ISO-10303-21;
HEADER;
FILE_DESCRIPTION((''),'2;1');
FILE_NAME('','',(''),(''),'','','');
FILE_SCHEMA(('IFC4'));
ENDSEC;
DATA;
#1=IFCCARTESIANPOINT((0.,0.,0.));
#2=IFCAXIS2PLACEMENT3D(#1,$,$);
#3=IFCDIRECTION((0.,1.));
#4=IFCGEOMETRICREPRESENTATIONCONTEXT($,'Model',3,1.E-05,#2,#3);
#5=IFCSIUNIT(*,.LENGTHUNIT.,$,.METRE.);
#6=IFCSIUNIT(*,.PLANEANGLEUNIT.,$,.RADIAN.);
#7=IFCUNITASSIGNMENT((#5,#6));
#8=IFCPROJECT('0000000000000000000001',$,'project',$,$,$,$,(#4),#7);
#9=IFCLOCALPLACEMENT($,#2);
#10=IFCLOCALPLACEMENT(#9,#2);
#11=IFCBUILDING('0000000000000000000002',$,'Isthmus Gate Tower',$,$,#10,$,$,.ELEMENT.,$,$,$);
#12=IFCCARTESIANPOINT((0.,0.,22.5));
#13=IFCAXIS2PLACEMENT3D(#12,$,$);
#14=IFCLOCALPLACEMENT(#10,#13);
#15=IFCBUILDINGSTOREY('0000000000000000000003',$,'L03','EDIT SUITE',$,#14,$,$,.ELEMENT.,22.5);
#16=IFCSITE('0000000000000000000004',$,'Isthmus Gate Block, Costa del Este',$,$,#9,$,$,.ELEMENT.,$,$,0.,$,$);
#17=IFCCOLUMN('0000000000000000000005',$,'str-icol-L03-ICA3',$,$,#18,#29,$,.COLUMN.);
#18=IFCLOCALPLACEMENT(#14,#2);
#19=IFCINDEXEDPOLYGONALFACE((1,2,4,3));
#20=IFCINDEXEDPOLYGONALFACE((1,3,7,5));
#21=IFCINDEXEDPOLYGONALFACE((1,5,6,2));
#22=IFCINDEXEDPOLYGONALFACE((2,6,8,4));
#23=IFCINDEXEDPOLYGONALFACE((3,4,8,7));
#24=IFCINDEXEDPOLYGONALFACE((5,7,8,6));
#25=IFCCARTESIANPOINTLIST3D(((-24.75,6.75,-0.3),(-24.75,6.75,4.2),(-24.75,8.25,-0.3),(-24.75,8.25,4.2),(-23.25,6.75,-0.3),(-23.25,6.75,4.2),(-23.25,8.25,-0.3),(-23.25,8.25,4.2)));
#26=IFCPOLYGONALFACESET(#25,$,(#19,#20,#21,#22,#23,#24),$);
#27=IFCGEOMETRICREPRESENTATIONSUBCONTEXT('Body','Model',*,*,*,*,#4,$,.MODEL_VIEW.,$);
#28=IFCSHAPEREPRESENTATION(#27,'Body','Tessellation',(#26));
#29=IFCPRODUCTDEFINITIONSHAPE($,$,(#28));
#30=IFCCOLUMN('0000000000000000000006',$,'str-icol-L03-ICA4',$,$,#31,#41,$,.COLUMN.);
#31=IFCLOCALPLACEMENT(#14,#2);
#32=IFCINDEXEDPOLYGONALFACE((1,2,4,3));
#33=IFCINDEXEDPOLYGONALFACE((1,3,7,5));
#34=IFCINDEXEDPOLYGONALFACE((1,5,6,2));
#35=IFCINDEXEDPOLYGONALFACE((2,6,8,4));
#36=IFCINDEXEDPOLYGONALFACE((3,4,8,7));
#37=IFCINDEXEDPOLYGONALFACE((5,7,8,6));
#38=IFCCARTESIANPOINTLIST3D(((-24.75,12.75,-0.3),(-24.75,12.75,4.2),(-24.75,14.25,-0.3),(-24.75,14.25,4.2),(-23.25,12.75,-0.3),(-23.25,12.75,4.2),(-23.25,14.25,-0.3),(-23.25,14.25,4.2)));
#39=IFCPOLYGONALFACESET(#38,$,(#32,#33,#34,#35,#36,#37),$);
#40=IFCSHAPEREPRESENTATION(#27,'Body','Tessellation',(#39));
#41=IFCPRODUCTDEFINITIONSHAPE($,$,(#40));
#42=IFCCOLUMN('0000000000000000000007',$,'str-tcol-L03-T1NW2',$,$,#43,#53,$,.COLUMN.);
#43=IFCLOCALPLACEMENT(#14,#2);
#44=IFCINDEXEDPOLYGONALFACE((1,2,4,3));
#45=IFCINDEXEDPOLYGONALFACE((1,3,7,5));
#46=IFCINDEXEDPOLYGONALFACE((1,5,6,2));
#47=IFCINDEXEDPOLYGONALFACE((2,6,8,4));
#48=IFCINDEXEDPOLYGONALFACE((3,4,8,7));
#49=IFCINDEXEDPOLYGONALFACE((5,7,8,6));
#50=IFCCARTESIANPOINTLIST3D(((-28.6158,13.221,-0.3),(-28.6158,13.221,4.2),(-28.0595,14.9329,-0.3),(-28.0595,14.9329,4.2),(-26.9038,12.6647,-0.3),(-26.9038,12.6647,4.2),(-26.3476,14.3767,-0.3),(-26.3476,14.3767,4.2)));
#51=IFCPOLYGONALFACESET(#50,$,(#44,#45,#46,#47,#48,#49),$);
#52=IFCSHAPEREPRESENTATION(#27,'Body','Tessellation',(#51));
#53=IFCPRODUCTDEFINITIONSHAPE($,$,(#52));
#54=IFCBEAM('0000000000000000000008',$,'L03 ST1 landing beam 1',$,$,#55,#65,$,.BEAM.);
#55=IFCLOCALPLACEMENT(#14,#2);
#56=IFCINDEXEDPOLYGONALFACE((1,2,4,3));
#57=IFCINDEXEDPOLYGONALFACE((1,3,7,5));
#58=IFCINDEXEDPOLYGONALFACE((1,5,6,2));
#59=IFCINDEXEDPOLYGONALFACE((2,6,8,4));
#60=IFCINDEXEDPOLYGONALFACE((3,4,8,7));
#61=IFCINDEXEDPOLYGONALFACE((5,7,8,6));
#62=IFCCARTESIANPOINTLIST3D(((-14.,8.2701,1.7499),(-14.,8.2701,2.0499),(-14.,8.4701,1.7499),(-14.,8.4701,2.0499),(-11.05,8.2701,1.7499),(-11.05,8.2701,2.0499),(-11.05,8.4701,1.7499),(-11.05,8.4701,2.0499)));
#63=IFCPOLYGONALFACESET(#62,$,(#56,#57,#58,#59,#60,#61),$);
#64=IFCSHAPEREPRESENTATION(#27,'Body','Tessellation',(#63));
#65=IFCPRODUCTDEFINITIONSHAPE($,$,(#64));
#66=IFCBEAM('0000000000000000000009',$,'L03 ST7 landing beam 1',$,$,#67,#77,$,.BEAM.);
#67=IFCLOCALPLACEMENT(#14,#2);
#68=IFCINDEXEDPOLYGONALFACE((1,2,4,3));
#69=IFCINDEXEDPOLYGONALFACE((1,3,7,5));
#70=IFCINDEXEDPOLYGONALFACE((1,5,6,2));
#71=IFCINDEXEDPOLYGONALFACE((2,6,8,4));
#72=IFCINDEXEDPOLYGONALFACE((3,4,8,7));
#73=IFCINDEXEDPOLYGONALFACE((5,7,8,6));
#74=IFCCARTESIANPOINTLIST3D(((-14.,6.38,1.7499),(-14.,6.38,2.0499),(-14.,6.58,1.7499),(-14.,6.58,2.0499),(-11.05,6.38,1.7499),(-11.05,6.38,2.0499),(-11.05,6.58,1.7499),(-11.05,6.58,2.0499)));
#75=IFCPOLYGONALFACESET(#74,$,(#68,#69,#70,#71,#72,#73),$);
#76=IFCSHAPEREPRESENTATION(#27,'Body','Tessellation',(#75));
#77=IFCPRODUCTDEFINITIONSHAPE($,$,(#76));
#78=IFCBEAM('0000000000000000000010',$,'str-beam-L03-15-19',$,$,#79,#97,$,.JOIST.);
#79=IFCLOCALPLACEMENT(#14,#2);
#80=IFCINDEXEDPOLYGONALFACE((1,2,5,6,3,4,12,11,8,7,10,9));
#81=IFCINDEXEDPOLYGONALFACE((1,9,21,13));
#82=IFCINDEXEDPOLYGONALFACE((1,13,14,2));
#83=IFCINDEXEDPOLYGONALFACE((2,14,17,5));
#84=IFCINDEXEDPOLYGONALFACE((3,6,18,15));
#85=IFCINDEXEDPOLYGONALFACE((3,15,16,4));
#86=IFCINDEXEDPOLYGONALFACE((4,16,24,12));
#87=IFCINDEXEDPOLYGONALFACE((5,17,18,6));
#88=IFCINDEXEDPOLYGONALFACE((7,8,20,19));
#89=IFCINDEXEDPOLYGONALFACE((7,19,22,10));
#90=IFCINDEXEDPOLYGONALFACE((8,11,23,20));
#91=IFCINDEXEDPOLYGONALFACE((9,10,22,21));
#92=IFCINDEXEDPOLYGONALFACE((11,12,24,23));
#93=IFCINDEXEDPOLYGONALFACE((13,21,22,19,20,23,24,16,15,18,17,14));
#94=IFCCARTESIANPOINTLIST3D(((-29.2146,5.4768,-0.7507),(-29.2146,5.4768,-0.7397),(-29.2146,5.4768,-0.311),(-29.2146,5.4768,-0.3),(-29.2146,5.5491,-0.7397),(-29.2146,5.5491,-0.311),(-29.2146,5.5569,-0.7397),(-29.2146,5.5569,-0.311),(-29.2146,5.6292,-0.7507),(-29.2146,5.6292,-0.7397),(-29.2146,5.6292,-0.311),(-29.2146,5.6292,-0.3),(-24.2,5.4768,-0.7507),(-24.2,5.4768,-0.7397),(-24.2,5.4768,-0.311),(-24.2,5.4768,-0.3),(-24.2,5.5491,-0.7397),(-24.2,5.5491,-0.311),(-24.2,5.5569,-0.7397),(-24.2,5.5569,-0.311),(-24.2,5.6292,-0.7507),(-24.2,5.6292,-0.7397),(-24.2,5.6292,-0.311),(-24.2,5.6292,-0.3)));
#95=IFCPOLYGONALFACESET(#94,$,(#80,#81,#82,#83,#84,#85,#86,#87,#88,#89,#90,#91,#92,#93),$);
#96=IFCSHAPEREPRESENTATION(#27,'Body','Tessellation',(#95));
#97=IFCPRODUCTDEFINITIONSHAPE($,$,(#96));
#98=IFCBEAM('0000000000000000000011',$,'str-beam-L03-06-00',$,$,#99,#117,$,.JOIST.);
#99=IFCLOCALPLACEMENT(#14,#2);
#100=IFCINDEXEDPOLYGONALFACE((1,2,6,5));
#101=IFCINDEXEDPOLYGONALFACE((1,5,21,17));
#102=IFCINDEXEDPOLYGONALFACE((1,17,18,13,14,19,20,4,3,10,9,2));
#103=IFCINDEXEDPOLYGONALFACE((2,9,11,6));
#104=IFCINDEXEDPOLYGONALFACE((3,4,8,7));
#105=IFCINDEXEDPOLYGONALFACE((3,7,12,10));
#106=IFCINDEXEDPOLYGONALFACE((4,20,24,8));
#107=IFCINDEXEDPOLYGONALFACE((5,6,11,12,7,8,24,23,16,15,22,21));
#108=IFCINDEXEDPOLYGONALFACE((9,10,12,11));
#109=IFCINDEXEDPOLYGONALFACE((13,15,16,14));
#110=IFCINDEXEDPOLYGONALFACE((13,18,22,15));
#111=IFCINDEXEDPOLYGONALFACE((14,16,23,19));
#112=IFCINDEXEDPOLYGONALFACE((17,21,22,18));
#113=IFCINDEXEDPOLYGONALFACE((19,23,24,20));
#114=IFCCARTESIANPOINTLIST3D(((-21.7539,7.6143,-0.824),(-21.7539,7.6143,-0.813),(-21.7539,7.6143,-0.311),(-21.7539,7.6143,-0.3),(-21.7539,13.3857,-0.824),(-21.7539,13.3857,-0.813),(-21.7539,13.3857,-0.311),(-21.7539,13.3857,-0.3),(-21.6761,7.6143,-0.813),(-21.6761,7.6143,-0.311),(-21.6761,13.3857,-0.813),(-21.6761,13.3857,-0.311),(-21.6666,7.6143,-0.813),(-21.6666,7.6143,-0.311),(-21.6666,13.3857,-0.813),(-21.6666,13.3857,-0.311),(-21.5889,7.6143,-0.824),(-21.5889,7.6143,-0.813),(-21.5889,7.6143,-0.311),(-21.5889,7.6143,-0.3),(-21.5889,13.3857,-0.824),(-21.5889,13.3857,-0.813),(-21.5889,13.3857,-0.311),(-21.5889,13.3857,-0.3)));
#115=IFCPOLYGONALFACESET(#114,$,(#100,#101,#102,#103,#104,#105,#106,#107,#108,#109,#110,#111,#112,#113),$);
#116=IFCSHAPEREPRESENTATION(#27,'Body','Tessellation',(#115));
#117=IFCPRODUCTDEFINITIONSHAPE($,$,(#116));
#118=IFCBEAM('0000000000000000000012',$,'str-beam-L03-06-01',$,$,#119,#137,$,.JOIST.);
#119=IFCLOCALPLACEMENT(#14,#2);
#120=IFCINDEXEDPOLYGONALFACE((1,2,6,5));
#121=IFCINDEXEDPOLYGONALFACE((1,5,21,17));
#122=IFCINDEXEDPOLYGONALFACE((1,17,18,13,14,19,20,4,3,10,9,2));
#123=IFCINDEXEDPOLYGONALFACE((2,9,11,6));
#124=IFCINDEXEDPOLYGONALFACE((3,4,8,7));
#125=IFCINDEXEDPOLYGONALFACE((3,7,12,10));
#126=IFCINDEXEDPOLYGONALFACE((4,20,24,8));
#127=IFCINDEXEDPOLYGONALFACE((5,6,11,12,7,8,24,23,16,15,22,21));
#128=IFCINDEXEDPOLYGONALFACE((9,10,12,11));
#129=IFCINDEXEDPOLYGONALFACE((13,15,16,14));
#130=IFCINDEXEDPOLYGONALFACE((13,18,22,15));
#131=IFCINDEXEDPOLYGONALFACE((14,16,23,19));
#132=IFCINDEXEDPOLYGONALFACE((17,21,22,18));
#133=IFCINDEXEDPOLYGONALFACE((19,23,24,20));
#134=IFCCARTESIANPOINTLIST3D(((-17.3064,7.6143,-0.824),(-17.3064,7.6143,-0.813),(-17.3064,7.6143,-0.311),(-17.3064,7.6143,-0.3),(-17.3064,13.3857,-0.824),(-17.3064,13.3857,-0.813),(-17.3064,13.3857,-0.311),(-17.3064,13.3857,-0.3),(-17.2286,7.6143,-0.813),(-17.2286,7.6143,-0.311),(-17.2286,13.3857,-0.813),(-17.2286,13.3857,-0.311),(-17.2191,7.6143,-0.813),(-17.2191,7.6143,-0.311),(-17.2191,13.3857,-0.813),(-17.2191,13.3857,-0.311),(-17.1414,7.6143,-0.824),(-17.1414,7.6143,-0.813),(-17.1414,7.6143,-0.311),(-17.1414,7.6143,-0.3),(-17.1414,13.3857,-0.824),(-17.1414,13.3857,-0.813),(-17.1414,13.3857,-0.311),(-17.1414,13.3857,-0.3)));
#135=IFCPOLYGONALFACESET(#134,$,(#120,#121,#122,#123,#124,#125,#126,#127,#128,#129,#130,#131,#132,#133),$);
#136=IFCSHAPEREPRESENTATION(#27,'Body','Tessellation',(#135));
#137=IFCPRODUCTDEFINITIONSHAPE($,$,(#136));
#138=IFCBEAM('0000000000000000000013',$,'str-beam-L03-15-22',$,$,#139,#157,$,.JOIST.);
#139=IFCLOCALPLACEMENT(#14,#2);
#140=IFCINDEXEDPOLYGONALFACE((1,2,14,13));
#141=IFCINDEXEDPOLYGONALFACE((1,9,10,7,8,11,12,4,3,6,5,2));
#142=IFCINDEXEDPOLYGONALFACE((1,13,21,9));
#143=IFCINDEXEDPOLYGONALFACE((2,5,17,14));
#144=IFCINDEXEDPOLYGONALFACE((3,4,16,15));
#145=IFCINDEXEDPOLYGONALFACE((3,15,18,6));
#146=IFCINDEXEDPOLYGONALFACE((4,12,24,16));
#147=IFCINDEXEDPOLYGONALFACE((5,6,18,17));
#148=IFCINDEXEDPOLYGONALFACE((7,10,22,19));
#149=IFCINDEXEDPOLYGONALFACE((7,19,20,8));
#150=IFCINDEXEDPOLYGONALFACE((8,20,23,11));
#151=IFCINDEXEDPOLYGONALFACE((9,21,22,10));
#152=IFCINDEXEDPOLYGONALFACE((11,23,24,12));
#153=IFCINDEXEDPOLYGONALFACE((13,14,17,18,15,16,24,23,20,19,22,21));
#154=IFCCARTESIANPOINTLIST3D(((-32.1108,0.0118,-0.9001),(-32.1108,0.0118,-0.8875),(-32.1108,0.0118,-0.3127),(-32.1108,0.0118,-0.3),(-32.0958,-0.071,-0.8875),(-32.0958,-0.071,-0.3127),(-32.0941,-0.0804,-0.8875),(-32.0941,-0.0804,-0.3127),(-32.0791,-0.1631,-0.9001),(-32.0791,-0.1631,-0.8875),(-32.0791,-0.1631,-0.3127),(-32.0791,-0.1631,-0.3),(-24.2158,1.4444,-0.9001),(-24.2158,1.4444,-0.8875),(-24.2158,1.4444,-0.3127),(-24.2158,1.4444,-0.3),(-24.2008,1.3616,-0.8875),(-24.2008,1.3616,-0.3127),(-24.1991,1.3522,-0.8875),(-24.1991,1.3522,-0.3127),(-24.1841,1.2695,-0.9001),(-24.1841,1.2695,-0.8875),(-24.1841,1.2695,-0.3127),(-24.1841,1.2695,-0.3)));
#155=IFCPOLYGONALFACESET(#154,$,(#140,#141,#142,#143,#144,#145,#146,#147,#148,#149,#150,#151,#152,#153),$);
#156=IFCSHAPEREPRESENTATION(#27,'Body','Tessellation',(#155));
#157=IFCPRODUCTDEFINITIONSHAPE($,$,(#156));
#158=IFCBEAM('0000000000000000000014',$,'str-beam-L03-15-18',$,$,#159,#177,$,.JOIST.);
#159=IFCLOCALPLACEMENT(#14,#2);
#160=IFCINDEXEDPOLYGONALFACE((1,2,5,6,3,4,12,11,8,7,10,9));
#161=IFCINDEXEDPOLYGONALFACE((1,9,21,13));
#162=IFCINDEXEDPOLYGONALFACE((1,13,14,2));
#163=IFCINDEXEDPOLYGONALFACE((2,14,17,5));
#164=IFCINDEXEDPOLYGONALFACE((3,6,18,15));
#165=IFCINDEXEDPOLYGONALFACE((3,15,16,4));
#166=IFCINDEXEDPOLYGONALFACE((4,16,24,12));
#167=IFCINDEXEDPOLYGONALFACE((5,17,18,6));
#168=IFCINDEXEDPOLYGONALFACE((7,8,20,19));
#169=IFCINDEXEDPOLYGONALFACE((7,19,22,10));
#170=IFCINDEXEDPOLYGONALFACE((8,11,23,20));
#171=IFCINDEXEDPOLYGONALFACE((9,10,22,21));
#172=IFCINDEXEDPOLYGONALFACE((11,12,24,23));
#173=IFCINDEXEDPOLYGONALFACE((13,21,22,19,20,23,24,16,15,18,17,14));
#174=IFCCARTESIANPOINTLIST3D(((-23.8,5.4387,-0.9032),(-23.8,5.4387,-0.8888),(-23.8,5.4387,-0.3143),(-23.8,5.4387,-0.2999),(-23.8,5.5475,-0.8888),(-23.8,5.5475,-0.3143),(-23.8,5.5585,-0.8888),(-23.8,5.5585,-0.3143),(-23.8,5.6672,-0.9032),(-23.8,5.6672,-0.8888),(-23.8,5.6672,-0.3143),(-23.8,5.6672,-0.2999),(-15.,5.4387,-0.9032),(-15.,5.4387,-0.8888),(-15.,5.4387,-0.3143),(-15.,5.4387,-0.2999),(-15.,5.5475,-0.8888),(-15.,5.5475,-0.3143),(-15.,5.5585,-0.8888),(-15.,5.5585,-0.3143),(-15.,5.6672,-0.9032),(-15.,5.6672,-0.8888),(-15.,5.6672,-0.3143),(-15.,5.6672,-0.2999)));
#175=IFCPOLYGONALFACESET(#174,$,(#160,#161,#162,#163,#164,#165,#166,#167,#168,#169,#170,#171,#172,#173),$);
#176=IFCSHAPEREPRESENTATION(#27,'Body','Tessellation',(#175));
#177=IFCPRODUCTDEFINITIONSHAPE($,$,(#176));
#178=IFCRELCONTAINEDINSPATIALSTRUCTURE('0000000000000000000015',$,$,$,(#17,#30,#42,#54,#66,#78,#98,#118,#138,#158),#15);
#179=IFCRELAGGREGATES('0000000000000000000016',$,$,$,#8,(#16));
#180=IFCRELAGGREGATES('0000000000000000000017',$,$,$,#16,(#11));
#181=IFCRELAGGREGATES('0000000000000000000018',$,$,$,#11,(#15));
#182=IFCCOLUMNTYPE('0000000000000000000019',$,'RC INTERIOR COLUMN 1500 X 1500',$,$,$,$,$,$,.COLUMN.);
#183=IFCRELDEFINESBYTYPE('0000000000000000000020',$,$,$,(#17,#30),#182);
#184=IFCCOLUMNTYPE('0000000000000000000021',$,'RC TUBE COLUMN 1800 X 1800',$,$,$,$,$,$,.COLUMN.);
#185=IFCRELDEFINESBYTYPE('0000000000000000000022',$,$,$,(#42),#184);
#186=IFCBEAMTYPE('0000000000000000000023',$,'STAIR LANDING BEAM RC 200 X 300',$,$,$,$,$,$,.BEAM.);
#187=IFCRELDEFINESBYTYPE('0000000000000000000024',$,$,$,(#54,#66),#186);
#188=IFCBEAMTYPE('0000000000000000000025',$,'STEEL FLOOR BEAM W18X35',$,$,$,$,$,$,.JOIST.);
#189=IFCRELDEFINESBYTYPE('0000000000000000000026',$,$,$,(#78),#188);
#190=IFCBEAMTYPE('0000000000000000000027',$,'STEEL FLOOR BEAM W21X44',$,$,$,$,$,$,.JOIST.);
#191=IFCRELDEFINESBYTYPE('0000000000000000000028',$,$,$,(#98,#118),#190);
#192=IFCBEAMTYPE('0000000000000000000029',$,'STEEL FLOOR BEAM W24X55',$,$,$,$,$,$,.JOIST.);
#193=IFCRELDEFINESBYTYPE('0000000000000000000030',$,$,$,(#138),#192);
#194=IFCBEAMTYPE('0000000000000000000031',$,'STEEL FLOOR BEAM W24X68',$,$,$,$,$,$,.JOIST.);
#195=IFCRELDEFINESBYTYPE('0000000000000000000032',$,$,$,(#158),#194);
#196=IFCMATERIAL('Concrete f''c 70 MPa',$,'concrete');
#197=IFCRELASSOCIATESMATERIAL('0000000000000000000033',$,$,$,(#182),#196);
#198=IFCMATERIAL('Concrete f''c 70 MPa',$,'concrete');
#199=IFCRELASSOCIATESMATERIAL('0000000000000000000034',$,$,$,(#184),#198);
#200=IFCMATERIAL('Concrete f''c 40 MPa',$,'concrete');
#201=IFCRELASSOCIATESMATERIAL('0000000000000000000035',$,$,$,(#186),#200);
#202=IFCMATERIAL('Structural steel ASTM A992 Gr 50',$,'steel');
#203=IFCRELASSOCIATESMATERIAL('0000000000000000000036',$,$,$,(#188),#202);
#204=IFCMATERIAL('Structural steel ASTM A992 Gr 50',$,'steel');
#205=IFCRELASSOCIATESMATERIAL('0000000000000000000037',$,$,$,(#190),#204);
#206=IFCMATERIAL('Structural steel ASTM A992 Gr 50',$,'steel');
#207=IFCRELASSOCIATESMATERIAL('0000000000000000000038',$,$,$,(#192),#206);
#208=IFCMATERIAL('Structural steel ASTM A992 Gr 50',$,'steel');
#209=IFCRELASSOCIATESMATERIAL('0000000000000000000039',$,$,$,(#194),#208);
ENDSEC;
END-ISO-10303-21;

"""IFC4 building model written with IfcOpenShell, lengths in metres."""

from ifc_helpers import new_model, si_unit, direction, frame, origin, origin_2d, place, context, subcontext, project, spatial, rectangle, i_section, extrude, material, material_profile, profile_set, type_object, element, save


model = new_model("IFC4")

# Units and contexts
model_context = context("Model", 3, precision=1e-05, world=origin(), true_north=direction((0.0, 1.0)))
body_context = subcontext(model_context, "Body", "Model", "MODEL_VIEW")
ifc_project = project(units=[si_unit("LENGTHUNIT", "METRE"), si_unit("PLANEANGLEUNIT", "RADIAN")], contexts=[model_context])

# Site, building, storey
site_placement = place(None, origin())
site = spatial("IfcSite", under=ifc_project, at=site_placement, Name="Isthmus Gate Block, Costa del Este", CompositionType="ELEMENT", RefElevation=0.0)
building_placement = place(site_placement, origin())
building = spatial("IfcBuilding", under=site, at=building_placement, Name="Isthmus Gate Tower", CompositionType="ELEMENT")
storey_placement = place(building_placement, frame((0.0, 0.0, 22.5)))
storey = spatial("IfcBuildingStorey", under=building, at=storey_placement, Name="L03", Description="EDIT SUITE", CompositionType="ELEMENT", Elevation=22.5)

# Columns
ifc_material_1 = material(Name="Concrete f'c 70 MPa", Category="concrete")
ifc_material_profile_1 = material_profile(ifc_material_1, rectangle(XDim=1.5, YDim=1.5, at=origin_2d()), Name="RC 1500X1500")
ifc_profile_set_1 = profile_set([ifc_material_profile_1], Name="Concrete f'c 70 MPa")
column_type_1 = type_object("IfcColumnType", Name="RC INTERIOR COLUMN 1500 X 1500", PredefinedType="COLUMN", material=ifc_profile_set_1)
for number, where, z_axis, x_axis, name in (
    (1, (-24.0, 7.5, -0.3), (0.0, 0.0, 1.0), (1.0, 0.0, 0.0), "str-icol-L03-ICA3"),
    (2, (-24.0, 13.5, -0.3), (0.0, 0.0, 1.0), (1.0, 0.0, 0.0), "str-icol-L03-ICA4"),
):
    element("IfcColumn", number, at=place(storey_placement, frame(where, z_axis=z_axis, x_axis=x_axis)), inside=storey, type_object=column_type_1, Name=name, PredefinedType="COLUMN", context=body_context, shape_type="SweptSolid", body=[
        extrude(rectangle(XDim=1.5, YDim=1.5, at=origin_2d()), origin(), (0.0, 0.0, 1.0), 4.5),
    ])
ifc_material_2 = material(Name="Concrete f'c 70 MPa", Category="concrete")
ifc_material_profile_2 = material_profile(ifc_material_2, rectangle(XDim=1.8, YDim=1.8, at=origin_2d()), Name="RC 1800X1800")
ifc_profile_set_2 = profile_set([ifc_material_profile_2], Name="Concrete f'c 70 MPa")
column_type_2 = type_object("IfcColumnType", Name="RC TUBE COLUMN 1800 X 1800", PredefinedType="COLUMN", material=ifc_profile_set_2)
column_placement = place(storey_placement, frame((-27.4817, 13.7988, -0.3), z_axis=(0.0, 0.0, 1.0), x_axis=(-0.309017, -0.951057, 0.0)))
element("IfcColumn", 3, at=column_placement, inside=storey, type_object=column_type_2, Name="str-tcol-L03-T1NW2", PredefinedType="COLUMN", context=body_context, shape_type="SweptSolid", body=[
    extrude(rectangle(XDim=1.8, YDim=1.8, at=origin_2d()), origin(), (0.0, 0.0, 1.0), 4.5),
])

# Beams
ifc_material_3 = material(Name="Concrete f'c 40 MPa", Category="concrete")
ifc_material_profile_3 = material_profile(ifc_material_3, rectangle(XDim=0.2, YDim=0.3, at=origin_2d()), Name="STAIR LANDING BEAM RC 200 X 300")
ifc_profile_set_3 = profile_set([ifc_material_profile_3], Name="Concrete f'c 40 MPa")
beam_type_1 = type_object("IfcBeamType", Name="STAIR LANDING BEAM RC 200 X 300", PredefinedType="BEAM", material=ifc_profile_set_3)
for number, where, z_axis, x_axis, name in (
    (4, (-14.0, 8.3701, 1.8999), (1.0, 0.0, 0.0), (0.0, 1.0, 0.0), "L03 ST1 landing beam 1"),
    (5, (-14.0, 6.48, 1.8999), (1.0, 0.0, 0.0), (0.0, 1.0, 0.0), "L03 ST7 landing beam 1"),
):
    element("IfcBeam", number, at=place(storey_placement, frame(where, z_axis=z_axis, x_axis=x_axis)), inside=storey, type_object=beam_type_1, Name=name, PredefinedType="BEAM", context=body_context, shape_type="SweptSolid", body=[
        extrude(rectangle(XDim=0.2, YDim=0.3, at=origin_2d()), origin(), (0.0, 0.0, 1.0), 2.95),
    ])
ifc_material_4 = material(Name="Structural steel ASTM A992 Gr 50", Category="steel")
ifc_material_profile_4 = material_profile(ifc_material_4, i_section(OverallWidth=0.1523, OverallDepth=0.4507, WebThickness=0.0078, FlangeThickness=0.011, at=origin_2d()), Name="W18X35")
ifc_profile_set_4 = profile_set([ifc_material_profile_4], Name="Structural steel ASTM A992 Gr 50")
beam_type_2 = type_object("IfcBeamType", Name="STEEL FLOOR BEAM W18X35", PredefinedType="JOIST", material=ifc_profile_set_4)
beam_1_placement = place(storey_placement, frame((-24.2, 5.553, -0.5254), z_axis=(-1.0, 0.0, 0.0), x_axis=(0.0, -1.0, 0.0)))
element("IfcBeam", 6, at=beam_1_placement, inside=storey, type_object=beam_type_2, Name="str-beam-L03-15-19", PredefinedType="JOIST", context=body_context, shape_type="SweptSolid", body=[
    extrude(i_section(OverallWidth=0.1523, OverallDepth=0.4507, WebThickness=0.0078, FlangeThickness=0.011, at=origin_2d()), origin(), (0.0, 0.0, 1.0), 5.0146),
])
ifc_material_5 = material(Name="Structural steel ASTM A992 Gr 50", Category="steel")
ifc_material_profile_5 = material_profile(ifc_material_5, i_section(OverallWidth=0.165, OverallDepth=0.5239, WebThickness=0.0095, FlangeThickness=0.011, at=origin_2d()), Name="W21X44")
ifc_profile_set_5 = profile_set([ifc_material_profile_5], Name="Structural steel ASTM A992 Gr 50")
beam_type_3 = type_object("IfcBeamType", Name="STEEL FLOOR BEAM W21X44", PredefinedType="JOIST", material=ifc_profile_set_5)
for number, where, z_axis, x_axis, name in (
    (7, (-21.6714, 7.6143, -0.562), (0.0, 1.0, 0.0), (-1.0, 0.0, 0.0), "str-beam-L03-06-00"),
    (8, (-17.2239, 7.6143, -0.562), (0.0, 1.0, 0.0), (-1.0, 0.0, 0.0), "str-beam-L03-06-01"),
):
    element("IfcBeam", number, at=place(storey_placement, frame(where, z_axis=z_axis, x_axis=x_axis)), inside=storey, type_object=beam_type_3, Name=name, PredefinedType="JOIST", context=body_context, shape_type="SweptSolid", body=[
        extrude(i_section(OverallWidth=0.165, OverallDepth=0.5239, WebThickness=0.0095, FlangeThickness=0.011, at=origin_2d()), origin(), (0.0, 0.0, 1.0), 5.7715),
    ])
ifc_material_6 = material(Name="Structural steel ASTM A992 Gr 50", Category="steel")
ifc_material_profile_6 = material_profile(ifc_material_6, i_section(OverallWidth=0.1777, OverallDepth=0.6001, WebThickness=0.0095, FlangeThickness=0.0127, at=origin_2d()), Name="W24X55")
ifc_profile_set_6 = profile_set([ifc_material_profile_6], Name="Structural steel ASTM A992 Gr 50")
beam_type_4 = type_object("IfcBeamType", Name="STEEL FLOOR BEAM W24X55", PredefinedType="JOIST", material=ifc_profile_set_6)
beam_2_placement = place(storey_placement, frame((-24.2, 1.3569, -0.6001), z_axis=(-0.983932, -0.178543, 0.0), x_axis=(0.178543, -0.983932, 0.0)))
element("IfcBeam", 9, at=beam_2_placement, inside=storey, type_object=beam_type_4, Name="str-beam-L03-15-22", PredefinedType="JOIST", context=body_context, shape_type="SweptSolid", body=[
    extrude(i_section(OverallWidth=0.1777, OverallDepth=0.6001, WebThickness=0.0095, FlangeThickness=0.0127, at=origin_2d()), origin(), (0.0, 0.0, 1.0), 8.0239),
])
ifc_material_7 = material(Name="Structural steel ASTM A992 Gr 50", Category="steel")
ifc_material_profile_7 = material_profile(ifc_material_7, i_section(OverallWidth=0.2285, OverallDepth=0.6033, WebThickness=0.011, FlangeThickness=0.0144, at=origin_2d()), Name="W24X68")
ifc_profile_set_7 = profile_set([ifc_material_profile_7], Name="Structural steel ASTM A992 Gr 50")
beam_type_5 = type_object("IfcBeamType", Name="STEEL FLOOR BEAM W24X68", PredefinedType="JOIST", material=ifc_profile_set_7)
beam_3_placement = place(storey_placement, frame((-15.0, 5.553, -0.6016), z_axis=(-1.0, 0.0, 0.0), x_axis=(0.0, -1.0, 0.0)))
element("IfcBeam", 10, at=beam_3_placement, inside=storey, type_object=beam_type_5, Name="str-beam-L03-15-18", PredefinedType="JOIST", context=body_context, shape_type="SweptSolid", body=[
    extrude(i_section(OverallWidth=0.2285, OverallDepth=0.6033, WebThickness=0.011, FlangeThickness=0.0144, at=origin_2d()), origin(), (0.0, 0.0, 1.0), 8.8),
])

save(model, "model.ifc")
